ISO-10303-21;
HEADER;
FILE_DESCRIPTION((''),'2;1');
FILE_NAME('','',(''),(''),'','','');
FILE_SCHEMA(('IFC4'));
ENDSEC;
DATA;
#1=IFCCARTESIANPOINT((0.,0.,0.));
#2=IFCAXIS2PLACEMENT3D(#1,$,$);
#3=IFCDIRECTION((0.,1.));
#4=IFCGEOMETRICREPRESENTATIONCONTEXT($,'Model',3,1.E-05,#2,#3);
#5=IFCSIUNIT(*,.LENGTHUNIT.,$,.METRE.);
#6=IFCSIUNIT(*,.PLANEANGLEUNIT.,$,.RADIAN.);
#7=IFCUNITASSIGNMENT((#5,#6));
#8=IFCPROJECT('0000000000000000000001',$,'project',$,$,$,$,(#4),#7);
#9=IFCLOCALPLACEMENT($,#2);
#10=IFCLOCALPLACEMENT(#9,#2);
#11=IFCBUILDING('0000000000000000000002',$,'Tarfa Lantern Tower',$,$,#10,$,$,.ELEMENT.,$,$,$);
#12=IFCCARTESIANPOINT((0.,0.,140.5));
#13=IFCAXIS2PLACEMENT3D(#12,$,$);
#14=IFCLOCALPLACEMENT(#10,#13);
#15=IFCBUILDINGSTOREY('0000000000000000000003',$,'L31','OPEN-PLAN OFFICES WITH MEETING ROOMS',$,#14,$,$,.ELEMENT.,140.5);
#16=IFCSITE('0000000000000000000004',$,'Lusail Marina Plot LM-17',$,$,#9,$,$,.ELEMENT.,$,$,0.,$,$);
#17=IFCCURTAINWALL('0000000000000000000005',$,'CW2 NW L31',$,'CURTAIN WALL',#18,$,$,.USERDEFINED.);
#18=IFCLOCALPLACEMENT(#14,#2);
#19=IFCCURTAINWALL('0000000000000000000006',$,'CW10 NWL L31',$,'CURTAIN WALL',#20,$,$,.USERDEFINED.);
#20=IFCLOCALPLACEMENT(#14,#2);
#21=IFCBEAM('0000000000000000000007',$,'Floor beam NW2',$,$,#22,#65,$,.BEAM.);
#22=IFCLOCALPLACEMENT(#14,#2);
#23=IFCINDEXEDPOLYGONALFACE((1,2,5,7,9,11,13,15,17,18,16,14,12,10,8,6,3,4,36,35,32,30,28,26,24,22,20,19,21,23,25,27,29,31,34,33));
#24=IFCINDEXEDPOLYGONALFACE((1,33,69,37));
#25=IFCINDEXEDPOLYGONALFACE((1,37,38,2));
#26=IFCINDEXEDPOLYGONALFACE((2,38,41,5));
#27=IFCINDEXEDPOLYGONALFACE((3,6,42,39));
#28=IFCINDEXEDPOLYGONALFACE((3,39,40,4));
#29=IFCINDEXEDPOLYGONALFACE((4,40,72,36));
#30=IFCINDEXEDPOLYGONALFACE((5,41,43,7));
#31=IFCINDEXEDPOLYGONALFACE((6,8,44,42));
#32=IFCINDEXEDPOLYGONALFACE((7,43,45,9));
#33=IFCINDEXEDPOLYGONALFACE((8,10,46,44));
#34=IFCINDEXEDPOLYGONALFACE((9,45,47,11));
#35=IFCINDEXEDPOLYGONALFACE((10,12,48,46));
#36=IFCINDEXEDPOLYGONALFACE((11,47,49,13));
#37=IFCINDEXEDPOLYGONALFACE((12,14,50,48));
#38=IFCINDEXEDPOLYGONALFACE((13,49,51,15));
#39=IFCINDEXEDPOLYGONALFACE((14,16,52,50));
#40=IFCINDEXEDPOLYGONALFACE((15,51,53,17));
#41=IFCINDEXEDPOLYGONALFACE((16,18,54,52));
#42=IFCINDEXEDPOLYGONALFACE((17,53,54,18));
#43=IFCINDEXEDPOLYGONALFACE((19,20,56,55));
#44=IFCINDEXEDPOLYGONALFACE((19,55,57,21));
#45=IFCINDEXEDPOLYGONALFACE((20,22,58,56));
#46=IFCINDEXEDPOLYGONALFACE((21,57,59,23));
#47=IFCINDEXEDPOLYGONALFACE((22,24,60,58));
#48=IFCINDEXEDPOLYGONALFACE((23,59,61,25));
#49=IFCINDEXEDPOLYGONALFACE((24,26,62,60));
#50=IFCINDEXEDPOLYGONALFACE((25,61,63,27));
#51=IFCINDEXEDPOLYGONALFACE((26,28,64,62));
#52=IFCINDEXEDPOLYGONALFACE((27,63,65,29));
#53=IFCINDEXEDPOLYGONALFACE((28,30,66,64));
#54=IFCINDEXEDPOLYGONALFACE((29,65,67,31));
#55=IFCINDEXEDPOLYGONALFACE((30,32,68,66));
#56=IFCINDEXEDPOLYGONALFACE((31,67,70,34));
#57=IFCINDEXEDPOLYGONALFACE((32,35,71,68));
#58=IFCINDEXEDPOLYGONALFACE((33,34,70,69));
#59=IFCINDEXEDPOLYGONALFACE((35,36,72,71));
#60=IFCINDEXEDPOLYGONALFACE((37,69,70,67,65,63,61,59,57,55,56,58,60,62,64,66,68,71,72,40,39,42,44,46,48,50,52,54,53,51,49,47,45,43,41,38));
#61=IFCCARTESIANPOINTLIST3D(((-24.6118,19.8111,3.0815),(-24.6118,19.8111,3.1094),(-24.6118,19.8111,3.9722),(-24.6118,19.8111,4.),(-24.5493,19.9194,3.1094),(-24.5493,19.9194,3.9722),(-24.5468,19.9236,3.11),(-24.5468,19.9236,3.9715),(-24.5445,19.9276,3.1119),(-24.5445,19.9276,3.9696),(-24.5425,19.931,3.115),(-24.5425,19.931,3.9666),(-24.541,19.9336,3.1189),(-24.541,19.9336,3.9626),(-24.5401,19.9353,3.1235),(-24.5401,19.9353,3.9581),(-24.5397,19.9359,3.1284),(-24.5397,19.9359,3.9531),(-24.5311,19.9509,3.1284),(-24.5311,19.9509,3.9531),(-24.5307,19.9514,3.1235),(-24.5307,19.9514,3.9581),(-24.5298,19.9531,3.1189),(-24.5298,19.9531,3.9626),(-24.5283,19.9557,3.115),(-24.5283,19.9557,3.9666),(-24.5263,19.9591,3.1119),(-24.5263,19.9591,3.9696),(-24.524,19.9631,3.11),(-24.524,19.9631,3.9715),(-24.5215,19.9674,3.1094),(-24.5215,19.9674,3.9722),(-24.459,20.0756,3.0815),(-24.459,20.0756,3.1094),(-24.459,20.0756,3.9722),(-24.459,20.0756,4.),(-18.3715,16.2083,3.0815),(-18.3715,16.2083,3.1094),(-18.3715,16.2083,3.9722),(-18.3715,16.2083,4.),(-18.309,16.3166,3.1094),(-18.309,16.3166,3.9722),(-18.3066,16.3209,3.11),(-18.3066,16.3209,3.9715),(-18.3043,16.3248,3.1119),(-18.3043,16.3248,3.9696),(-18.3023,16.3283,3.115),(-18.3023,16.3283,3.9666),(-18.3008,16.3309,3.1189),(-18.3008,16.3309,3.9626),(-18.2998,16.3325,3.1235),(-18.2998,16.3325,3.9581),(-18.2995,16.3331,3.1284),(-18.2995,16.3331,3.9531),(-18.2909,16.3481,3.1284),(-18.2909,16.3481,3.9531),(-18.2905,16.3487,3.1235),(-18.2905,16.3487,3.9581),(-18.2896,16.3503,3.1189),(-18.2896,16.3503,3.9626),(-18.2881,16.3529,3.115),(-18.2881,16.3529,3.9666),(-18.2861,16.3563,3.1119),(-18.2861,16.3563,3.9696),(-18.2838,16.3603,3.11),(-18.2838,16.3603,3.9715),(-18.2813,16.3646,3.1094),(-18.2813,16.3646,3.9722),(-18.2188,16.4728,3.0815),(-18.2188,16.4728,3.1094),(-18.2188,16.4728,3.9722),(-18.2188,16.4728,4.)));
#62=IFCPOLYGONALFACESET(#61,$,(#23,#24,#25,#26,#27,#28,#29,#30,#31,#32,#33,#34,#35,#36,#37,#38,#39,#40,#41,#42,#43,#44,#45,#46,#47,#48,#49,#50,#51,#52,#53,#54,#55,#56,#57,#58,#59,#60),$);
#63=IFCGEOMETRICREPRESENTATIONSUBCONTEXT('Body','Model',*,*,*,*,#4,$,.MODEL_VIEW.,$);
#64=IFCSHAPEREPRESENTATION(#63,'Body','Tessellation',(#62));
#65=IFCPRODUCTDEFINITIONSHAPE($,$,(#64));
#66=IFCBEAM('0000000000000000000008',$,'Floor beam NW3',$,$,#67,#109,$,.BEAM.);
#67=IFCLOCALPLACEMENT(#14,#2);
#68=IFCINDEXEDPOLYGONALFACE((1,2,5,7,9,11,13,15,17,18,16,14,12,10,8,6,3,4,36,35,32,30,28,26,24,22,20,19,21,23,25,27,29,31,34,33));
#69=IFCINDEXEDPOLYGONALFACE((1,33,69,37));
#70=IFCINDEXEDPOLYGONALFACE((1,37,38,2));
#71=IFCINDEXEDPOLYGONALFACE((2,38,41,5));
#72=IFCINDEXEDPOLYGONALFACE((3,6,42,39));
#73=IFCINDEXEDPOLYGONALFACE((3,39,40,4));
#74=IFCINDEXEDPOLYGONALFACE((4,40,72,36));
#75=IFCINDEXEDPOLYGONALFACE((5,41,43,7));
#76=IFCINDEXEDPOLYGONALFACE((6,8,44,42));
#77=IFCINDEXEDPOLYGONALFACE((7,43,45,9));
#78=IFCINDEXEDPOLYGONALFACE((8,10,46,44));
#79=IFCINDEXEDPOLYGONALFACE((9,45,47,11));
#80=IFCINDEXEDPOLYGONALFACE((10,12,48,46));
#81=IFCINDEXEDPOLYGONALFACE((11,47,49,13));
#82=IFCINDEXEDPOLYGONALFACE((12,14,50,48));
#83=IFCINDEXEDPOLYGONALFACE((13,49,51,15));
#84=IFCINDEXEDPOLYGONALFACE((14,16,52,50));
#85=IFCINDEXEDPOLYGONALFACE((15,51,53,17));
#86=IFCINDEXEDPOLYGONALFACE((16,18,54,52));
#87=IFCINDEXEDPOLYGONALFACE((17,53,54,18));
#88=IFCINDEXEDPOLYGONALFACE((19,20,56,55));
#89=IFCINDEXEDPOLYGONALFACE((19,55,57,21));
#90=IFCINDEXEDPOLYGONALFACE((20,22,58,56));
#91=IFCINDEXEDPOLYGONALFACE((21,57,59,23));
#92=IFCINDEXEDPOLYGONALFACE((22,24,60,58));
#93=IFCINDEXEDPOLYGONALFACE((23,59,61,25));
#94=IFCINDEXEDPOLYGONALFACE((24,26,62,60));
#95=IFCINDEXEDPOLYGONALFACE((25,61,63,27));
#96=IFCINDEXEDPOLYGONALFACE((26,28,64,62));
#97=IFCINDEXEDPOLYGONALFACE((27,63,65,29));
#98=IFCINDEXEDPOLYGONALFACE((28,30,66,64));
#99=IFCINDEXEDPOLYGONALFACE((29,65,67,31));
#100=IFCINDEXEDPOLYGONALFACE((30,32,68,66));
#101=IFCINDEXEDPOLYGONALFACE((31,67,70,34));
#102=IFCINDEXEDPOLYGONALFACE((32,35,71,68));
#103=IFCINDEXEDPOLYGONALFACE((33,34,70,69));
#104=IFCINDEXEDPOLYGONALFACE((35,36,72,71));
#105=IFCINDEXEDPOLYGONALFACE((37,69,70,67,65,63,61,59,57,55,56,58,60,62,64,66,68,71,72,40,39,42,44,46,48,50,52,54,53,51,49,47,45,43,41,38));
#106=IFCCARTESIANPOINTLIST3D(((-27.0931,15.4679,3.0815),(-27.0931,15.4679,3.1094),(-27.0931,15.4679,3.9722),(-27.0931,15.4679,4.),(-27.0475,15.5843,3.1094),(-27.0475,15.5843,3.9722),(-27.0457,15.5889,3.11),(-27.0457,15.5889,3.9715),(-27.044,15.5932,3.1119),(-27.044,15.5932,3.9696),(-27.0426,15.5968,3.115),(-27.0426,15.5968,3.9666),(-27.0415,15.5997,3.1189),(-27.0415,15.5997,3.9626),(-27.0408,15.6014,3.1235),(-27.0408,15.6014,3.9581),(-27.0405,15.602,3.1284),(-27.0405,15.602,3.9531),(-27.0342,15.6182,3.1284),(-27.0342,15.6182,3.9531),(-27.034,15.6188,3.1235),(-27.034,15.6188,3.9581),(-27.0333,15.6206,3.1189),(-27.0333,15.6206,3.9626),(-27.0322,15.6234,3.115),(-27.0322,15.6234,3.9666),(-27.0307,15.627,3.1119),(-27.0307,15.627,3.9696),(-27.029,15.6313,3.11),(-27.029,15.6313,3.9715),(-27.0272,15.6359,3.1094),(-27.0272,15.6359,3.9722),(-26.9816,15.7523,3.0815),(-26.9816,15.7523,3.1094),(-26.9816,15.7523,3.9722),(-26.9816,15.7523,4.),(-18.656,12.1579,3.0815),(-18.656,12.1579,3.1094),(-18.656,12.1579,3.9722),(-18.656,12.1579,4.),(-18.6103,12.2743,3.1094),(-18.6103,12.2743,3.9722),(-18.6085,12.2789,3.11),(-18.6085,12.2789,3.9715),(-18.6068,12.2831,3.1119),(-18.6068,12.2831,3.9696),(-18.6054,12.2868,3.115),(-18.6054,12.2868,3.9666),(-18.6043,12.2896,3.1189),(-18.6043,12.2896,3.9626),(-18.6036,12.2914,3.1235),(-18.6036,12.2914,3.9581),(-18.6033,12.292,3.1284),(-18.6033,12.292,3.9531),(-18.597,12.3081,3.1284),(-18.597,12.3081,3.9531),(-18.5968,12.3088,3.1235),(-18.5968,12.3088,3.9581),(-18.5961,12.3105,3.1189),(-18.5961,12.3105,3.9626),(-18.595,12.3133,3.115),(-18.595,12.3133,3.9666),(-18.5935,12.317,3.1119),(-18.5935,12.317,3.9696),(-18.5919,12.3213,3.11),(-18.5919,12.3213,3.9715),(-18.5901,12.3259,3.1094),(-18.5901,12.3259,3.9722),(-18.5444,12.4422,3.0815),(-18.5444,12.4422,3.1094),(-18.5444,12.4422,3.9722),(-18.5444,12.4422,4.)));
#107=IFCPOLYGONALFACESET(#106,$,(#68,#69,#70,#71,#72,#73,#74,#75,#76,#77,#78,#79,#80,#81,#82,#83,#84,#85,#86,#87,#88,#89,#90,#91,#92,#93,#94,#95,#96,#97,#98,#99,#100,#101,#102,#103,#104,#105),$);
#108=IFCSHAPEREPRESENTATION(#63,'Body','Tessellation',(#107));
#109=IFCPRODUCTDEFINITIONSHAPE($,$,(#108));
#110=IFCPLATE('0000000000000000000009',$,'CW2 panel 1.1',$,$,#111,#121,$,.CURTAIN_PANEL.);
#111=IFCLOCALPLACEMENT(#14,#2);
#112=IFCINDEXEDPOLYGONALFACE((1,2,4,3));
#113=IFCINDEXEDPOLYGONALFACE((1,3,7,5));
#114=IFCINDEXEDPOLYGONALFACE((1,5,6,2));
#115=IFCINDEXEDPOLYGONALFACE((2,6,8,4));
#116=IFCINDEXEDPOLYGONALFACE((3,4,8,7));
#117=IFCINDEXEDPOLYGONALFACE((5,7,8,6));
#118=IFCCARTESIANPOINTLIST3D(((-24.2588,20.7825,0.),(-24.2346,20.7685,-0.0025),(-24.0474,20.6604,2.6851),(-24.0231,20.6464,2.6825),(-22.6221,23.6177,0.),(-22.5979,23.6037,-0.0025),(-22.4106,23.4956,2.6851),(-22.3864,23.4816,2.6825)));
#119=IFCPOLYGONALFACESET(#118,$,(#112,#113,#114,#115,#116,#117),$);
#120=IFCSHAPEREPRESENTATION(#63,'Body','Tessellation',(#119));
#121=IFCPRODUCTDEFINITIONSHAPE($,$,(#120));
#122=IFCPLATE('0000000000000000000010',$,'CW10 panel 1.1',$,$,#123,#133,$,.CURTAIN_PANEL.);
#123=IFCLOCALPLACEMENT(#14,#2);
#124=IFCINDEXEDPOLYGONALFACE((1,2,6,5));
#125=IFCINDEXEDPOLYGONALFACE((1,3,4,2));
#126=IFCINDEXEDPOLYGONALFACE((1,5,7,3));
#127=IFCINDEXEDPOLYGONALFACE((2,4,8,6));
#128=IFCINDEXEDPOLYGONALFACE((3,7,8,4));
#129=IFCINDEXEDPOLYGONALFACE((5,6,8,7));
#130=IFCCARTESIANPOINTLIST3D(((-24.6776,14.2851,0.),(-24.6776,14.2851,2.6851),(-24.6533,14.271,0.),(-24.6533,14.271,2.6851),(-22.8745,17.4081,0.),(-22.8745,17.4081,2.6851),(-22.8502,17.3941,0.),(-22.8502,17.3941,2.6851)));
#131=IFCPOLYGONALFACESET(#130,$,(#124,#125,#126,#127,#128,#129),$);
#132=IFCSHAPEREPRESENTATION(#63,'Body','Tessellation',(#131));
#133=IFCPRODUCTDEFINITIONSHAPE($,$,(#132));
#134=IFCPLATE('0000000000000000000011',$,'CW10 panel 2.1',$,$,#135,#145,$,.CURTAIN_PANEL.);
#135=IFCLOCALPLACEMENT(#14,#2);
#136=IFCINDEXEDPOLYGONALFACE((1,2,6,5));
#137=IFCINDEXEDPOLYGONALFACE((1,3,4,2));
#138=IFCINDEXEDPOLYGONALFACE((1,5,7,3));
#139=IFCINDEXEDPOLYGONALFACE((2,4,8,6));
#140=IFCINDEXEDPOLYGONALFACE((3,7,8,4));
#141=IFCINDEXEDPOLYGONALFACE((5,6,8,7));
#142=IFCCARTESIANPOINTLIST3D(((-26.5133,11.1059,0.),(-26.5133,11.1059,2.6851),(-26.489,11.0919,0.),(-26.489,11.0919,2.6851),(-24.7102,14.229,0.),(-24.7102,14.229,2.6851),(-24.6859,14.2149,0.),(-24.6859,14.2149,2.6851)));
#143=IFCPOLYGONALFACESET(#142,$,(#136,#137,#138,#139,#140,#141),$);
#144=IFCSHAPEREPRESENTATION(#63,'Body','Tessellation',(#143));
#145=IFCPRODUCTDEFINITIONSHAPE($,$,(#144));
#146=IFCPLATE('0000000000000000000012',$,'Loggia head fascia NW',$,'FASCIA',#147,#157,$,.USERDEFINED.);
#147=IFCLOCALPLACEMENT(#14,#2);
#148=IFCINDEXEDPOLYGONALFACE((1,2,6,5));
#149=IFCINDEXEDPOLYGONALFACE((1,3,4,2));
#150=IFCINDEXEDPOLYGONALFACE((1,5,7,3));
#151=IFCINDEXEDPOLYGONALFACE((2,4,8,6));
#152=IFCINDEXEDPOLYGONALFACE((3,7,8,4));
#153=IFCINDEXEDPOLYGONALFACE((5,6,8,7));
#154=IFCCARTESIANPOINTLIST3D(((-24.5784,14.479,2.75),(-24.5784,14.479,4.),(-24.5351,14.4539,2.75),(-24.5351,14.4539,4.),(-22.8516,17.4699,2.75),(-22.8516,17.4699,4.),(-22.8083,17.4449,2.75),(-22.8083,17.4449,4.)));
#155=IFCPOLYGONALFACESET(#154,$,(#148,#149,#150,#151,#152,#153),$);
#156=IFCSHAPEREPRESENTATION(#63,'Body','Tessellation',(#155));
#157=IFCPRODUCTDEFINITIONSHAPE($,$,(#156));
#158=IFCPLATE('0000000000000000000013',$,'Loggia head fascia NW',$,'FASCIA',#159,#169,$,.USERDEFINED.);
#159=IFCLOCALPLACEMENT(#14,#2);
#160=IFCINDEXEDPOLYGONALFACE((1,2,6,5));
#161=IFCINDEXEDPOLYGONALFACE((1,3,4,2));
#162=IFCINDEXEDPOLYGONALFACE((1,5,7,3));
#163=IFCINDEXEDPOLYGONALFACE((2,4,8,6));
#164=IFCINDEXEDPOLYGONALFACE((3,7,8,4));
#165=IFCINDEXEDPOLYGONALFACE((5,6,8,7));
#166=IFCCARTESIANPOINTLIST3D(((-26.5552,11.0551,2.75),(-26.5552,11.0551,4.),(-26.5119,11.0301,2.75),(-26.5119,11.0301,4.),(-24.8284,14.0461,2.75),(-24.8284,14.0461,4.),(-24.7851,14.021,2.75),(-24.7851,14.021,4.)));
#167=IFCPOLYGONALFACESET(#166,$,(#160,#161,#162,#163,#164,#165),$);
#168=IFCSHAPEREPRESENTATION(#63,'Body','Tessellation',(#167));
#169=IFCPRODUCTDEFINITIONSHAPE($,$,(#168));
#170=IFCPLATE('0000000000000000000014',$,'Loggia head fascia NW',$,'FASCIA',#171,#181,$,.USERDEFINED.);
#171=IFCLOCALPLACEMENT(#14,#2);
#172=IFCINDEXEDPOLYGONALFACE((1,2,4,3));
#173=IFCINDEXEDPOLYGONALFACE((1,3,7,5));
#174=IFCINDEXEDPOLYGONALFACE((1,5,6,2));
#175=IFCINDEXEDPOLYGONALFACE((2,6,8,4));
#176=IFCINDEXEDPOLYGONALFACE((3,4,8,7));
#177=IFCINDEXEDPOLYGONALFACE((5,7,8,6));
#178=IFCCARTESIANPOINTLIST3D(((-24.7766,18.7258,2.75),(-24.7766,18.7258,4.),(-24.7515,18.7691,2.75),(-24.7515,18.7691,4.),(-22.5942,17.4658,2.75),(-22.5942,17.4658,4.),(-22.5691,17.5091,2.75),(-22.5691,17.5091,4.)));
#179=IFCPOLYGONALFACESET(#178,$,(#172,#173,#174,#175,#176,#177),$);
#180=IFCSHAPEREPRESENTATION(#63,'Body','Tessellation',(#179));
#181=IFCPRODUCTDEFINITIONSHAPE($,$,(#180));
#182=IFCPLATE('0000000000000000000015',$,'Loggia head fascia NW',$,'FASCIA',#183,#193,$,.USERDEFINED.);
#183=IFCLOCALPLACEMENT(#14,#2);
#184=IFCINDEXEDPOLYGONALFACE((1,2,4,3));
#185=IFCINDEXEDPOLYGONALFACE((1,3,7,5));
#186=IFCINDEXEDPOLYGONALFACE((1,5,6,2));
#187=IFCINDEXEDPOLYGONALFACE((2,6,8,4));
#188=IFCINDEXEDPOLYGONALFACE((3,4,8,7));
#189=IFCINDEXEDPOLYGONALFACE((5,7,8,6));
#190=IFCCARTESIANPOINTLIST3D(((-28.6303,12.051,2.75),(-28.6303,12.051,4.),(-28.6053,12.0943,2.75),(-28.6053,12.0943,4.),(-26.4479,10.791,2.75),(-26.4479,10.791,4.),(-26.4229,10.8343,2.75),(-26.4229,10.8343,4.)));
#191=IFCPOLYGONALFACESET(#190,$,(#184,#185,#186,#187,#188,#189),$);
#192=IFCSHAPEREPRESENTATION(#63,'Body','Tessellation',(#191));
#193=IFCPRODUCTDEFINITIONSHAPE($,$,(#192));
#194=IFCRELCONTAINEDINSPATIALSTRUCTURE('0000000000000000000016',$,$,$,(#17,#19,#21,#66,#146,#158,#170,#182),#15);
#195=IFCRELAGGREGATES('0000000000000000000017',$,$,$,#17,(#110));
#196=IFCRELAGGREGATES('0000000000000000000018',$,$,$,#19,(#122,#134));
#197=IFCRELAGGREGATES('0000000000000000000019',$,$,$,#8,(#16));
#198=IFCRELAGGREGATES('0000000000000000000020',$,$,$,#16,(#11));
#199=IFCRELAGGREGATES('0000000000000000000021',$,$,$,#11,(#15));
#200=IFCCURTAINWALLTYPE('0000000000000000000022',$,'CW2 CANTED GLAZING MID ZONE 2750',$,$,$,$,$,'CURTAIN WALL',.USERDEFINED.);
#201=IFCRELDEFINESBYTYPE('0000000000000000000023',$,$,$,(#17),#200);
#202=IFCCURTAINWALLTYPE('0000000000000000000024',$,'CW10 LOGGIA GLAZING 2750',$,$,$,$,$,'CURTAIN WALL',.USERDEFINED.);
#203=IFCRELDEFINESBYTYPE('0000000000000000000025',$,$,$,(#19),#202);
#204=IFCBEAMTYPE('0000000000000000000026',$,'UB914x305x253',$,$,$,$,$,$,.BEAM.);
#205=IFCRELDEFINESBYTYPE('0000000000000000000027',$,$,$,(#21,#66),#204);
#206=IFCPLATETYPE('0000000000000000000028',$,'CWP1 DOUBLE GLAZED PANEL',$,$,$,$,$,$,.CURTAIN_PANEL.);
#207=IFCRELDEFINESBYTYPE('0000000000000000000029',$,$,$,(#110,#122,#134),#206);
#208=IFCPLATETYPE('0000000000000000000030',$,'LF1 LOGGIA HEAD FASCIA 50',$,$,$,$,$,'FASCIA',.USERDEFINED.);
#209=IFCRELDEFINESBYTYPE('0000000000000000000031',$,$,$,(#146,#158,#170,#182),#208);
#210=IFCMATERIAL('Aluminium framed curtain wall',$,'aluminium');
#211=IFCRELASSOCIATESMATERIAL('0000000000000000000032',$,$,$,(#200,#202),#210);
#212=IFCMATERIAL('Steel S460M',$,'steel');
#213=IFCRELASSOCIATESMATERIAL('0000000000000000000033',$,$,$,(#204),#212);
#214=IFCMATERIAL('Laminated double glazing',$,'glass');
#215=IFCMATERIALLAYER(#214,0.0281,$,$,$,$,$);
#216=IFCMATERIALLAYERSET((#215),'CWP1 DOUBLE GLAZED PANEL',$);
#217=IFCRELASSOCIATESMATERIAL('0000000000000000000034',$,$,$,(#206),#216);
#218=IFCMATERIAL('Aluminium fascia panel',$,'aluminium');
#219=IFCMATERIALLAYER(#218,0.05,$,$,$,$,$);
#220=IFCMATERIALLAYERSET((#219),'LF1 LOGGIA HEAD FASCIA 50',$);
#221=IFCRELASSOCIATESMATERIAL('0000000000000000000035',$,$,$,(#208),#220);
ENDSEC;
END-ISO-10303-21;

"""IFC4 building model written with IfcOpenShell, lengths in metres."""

from ifc_helpers import new_model, si_unit, direction, frame, origin, origin_2d, place, context, subcontext, project, spatial, polyline, rectangle, i_section, outline, extrude, material, layer, layer_set, material_profile, profile_set, type_object, element, aggregate, save


model = new_model("IFC4")

# Units and contexts
model_context = context("Model", 3, precision=1e-05, world=origin(), true_north=direction((0.0, 1.0)))
body_context = subcontext(model_context, "Body", "Model", "MODEL_VIEW")
ifc_project = project(units=[si_unit("LENGTHUNIT", "METRE"), si_unit("PLANEANGLEUNIT", "RADIAN")], contexts=[model_context])

# Site, building, storey
site_placement = place(None, origin())
site = spatial("IfcSite", under=ifc_project, at=site_placement, Name="Lusail Marina Plot LM-17", CompositionType="ELEMENT", RefElevation=0.0)
building_placement = place(site_placement, origin())
building = spatial("IfcBuilding", under=site, at=building_placement, Name="Tarfa Lantern Tower", CompositionType="ELEMENT")
storey_placement = place(building_placement, frame((0.0, 0.0, 140.5)))
storey = spatial("IfcBuildingStorey", under=building, at=storey_placement, Name="L31", Description="OPEN-PLAN OFFICES WITH MEETING ROOMS", CompositionType="ELEMENT", Elevation=140.5)

# Curtain walls
ifc_material_1 = material(Name="Aluminium framed curtain wall", Category="aluminium")
curtain_wall_type_1 = type_object("IfcCurtainWallType", Name="CW2 CANTED GLAZING MID ZONE 2750", ElementType="CURTAIN WALL", PredefinedType="USERDEFINED", material=ifc_material_1)
curtain_wall_1_placement = place(storey_placement, origin())
curtain_wall_1 = element("IfcCurtainWall", 1, at=curtain_wall_1_placement, inside=storey, type_object=curtain_wall_type_1, Name="CW2 NW L31", ObjectType="CURTAIN WALL", PredefinedType="USERDEFINED")
curtain_wall_type_2 = type_object("IfcCurtainWallType", Name="CW10 LOGGIA GLAZING 2750", ElementType="CURTAIN WALL", PredefinedType="USERDEFINED", material=ifc_material_1)
curtain_wall_2_placement = place(storey_placement, origin())
curtain_wall_2 = element("IfcCurtainWall", 2, at=curtain_wall_2_placement, inside=storey, type_object=curtain_wall_type_2, Name="CW10 NWL L31", ObjectType="CURTAIN WALL", PredefinedType="USERDEFINED")

# Beams
ifc_material_2 = material(Name="Steel S460M", Category="steel")
ifc_material_profile_1 = material_profile(ifc_material_2, i_section(OverallWidth=0.3054, OverallDepth=0.9185, WebThickness=0.0173, FlangeThickness=0.0278, FilletRadius=0.019, at=origin_2d()), Name="UB914x305x253")
ifc_profile_set_1 = profile_set([ifc_material_profile_1], Name="Steel S460M")
beam_type_1 = type_object("IfcBeamType", Name="UB914x305x253", PredefinedType="BEAM", material=ifc_profile_set_1)
beam_1_placement = place(storey_placement, frame((-24.5354, 19.9434, 3.5408), z_axis=(0.866026, -0.499998, 0.0), x_axis=(0.499998, 0.866026, 0.0)))
element("IfcBeam", 3, at=beam_1_placement, inside=storey, type_object=beam_type_1, Name="Floor beam NW2", PredefinedType="BEAM", context=body_context, shape_type="SweptSolid", body=[
    extrude(i_section(OverallWidth=0.3054, OverallDepth=0.9185, WebThickness=0.0173, FlangeThickness=0.0278, FilletRadius=0.019, at=origin_2d()), origin(), (0.0, 0.0, 1.0), 7.2056),
])
beam_2_placement = place(storey_placement, frame((-27.0374, 15.6101, 3.5408), z_axis=(0.930923, -0.365215, 0.0), x_axis=(0.365215, 0.930923, 0.0)))
element("IfcBeam", 4, at=beam_2_placement, inside=storey, type_object=beam_type_1, Name="Floor beam NW3", PredefinedType="BEAM", context=body_context, shape_type="SweptSolid", body=[
    extrude(i_section(OverallWidth=0.3054, OverallDepth=0.9185, WebThickness=0.0173, FlangeThickness=0.0278, FilletRadius=0.019, at=origin_2d()), origin(), (0.0, 0.0, 1.0), 9.0632),
])

# Plates
ifc_material_3 = material(Name="Laminated double glazing", Category="glass")
ifc_layer_1 = layer(ifc_material_3, 0.0281)
ifc_layer_set_1 = layer_set([ifc_layer_1], Name="CWP1 DOUBLE GLAZED PANEL")
plate_type_1 = type_object("IfcPlateType", Name="CWP1 DOUBLE GLAZED PANEL", PredefinedType="CURTAIN_PANEL", material=ifc_layer_set_1)
plate_1_placement = place(storey_placement, frame((-22.6221, 23.6177, 0.0), z_axis=(-0.862492, 0.497903, 0.09055), x_axis=(-0.499957, -0.86605, 0.0)))
plate_1 = element("IfcPlate", 5, at=plate_1_placement, type_object=plate_type_1, Name="CW2 panel 1.1", PredefinedType="CURTAIN_PANEL", context=body_context, shape_type="SweptSolid", body=[
    extrude(outline(polyline([(0.0, 0.0), (3.2737, 0.0), (3.2737, 2.6961), (0.0, 2.6961), (0.0, 0.0)])), origin(), (0.0, 0.0, -1.0), 0.0281),
])
aggregate(curtain_wall_1, [plate_1])
plate_2_placement = place(storey_placement, frame((-23.7639, 15.8396, 0.0), z_axis=(0.0, 0.0, 1.0), x_axis=(-0.5, -0.866025, 0.0)))
plate_2 = element("IfcPlate", 6, at=plate_2_placement, type_object=plate_type_1, Name="CW10 panel 1.1", PredefinedType="CURTAIN_PANEL", context=body_context, shape_type="SweptSolid", body=[
    extrude(rectangle(XDim=3.6062, YDim=0.0281, at=origin_2d()), origin(), (0.0, 0.0, 1.0), 2.6851),
])
plate_3_placement = place(storey_placement, frame((-25.5996, 12.6604, 0.0), z_axis=(0.0, 0.0, 1.0), x_axis=(-0.5, -0.866025, 0.0)))
plate_3 = element("IfcPlate", 7, at=plate_3_placement, type_object=plate_type_1, Name="CW10 panel 2.1", PredefinedType="CURTAIN_PANEL", context=body_context, shape_type="SweptSolid", body=[
    extrude(rectangle(XDim=3.6062, YDim=0.0281, at=origin_2d()), origin(), (0.0, 0.0, 1.0), 2.6851),
])
aggregate(curtain_wall_2, [plate_2, plate_3])

# Plates
ifc_material_4 = material(Name="Aluminium fascia panel", Category="aluminium")
ifc_layer_2 = layer(ifc_material_4, 0.05)
ifc_layer_set_2 = layer_set([ifc_layer_2], Name="LF1 LOGGIA HEAD FASCIA 50")
plate_type_2 = type_object("IfcPlateType", Name="LF1 LOGGIA HEAD FASCIA 50", ElementType="FASCIA", PredefinedType="USERDEFINED", material=ifc_layer_set_2)
for number, where, z_axis, x_axis, name in (
    (8, (-23.6934, 15.9619, 2.75), (0.0, 0.0, 1.0), (-0.5, -0.866025, 0.0), "Loggia head fascia NW"),
    (9, (-25.6702, 12.5381, 2.75), (0.0, 0.0, 1.0), (-0.5, -0.866025, 0.0), "Loggia head fascia NW"),
):
    element("IfcPlate", number, at=place(storey_placement, frame(where, z_axis=z_axis, x_axis=x_axis)), inside=storey, type_object=plate_type_2, Name=name, ObjectType="FASCIA", PredefinedType="USERDEFINED", context=body_context, shape_type="SweptSolid", body=[
        extrude(rectangle(XDim=3.4536, YDim=0.05, at=origin_2d()), origin(), (0.0, 0.0, 1.0), 1.25),
    ])
for number, where, z_axis, x_axis, name in (
    (10, (-23.6729, 18.1174, 2.75), (0.0, 0.0, 1.0), (0.866025, -0.5, 0.0), "Loggia head fascia NW"),
    (11, (-27.5266, 11.4426, 2.75), (0.0, 0.0, 1.0), (0.866025, -0.5, 0.0), "Loggia head fascia NW"),
):
    element("IfcPlate", number, at=place(storey_placement, frame(where, z_axis=z_axis, x_axis=x_axis)), inside=storey, type_object=plate_type_2, Name=name, ObjectType="FASCIA", PredefinedType="USERDEFINED", context=body_context, shape_type="SweptSolid", body=[
        extrude(rectangle(XDim=2.52, YDim=0.05, at=origin_2d()), origin(), (0.0, 0.0, 1.0), 1.25),
    ])

save(model, "model.ifc")
